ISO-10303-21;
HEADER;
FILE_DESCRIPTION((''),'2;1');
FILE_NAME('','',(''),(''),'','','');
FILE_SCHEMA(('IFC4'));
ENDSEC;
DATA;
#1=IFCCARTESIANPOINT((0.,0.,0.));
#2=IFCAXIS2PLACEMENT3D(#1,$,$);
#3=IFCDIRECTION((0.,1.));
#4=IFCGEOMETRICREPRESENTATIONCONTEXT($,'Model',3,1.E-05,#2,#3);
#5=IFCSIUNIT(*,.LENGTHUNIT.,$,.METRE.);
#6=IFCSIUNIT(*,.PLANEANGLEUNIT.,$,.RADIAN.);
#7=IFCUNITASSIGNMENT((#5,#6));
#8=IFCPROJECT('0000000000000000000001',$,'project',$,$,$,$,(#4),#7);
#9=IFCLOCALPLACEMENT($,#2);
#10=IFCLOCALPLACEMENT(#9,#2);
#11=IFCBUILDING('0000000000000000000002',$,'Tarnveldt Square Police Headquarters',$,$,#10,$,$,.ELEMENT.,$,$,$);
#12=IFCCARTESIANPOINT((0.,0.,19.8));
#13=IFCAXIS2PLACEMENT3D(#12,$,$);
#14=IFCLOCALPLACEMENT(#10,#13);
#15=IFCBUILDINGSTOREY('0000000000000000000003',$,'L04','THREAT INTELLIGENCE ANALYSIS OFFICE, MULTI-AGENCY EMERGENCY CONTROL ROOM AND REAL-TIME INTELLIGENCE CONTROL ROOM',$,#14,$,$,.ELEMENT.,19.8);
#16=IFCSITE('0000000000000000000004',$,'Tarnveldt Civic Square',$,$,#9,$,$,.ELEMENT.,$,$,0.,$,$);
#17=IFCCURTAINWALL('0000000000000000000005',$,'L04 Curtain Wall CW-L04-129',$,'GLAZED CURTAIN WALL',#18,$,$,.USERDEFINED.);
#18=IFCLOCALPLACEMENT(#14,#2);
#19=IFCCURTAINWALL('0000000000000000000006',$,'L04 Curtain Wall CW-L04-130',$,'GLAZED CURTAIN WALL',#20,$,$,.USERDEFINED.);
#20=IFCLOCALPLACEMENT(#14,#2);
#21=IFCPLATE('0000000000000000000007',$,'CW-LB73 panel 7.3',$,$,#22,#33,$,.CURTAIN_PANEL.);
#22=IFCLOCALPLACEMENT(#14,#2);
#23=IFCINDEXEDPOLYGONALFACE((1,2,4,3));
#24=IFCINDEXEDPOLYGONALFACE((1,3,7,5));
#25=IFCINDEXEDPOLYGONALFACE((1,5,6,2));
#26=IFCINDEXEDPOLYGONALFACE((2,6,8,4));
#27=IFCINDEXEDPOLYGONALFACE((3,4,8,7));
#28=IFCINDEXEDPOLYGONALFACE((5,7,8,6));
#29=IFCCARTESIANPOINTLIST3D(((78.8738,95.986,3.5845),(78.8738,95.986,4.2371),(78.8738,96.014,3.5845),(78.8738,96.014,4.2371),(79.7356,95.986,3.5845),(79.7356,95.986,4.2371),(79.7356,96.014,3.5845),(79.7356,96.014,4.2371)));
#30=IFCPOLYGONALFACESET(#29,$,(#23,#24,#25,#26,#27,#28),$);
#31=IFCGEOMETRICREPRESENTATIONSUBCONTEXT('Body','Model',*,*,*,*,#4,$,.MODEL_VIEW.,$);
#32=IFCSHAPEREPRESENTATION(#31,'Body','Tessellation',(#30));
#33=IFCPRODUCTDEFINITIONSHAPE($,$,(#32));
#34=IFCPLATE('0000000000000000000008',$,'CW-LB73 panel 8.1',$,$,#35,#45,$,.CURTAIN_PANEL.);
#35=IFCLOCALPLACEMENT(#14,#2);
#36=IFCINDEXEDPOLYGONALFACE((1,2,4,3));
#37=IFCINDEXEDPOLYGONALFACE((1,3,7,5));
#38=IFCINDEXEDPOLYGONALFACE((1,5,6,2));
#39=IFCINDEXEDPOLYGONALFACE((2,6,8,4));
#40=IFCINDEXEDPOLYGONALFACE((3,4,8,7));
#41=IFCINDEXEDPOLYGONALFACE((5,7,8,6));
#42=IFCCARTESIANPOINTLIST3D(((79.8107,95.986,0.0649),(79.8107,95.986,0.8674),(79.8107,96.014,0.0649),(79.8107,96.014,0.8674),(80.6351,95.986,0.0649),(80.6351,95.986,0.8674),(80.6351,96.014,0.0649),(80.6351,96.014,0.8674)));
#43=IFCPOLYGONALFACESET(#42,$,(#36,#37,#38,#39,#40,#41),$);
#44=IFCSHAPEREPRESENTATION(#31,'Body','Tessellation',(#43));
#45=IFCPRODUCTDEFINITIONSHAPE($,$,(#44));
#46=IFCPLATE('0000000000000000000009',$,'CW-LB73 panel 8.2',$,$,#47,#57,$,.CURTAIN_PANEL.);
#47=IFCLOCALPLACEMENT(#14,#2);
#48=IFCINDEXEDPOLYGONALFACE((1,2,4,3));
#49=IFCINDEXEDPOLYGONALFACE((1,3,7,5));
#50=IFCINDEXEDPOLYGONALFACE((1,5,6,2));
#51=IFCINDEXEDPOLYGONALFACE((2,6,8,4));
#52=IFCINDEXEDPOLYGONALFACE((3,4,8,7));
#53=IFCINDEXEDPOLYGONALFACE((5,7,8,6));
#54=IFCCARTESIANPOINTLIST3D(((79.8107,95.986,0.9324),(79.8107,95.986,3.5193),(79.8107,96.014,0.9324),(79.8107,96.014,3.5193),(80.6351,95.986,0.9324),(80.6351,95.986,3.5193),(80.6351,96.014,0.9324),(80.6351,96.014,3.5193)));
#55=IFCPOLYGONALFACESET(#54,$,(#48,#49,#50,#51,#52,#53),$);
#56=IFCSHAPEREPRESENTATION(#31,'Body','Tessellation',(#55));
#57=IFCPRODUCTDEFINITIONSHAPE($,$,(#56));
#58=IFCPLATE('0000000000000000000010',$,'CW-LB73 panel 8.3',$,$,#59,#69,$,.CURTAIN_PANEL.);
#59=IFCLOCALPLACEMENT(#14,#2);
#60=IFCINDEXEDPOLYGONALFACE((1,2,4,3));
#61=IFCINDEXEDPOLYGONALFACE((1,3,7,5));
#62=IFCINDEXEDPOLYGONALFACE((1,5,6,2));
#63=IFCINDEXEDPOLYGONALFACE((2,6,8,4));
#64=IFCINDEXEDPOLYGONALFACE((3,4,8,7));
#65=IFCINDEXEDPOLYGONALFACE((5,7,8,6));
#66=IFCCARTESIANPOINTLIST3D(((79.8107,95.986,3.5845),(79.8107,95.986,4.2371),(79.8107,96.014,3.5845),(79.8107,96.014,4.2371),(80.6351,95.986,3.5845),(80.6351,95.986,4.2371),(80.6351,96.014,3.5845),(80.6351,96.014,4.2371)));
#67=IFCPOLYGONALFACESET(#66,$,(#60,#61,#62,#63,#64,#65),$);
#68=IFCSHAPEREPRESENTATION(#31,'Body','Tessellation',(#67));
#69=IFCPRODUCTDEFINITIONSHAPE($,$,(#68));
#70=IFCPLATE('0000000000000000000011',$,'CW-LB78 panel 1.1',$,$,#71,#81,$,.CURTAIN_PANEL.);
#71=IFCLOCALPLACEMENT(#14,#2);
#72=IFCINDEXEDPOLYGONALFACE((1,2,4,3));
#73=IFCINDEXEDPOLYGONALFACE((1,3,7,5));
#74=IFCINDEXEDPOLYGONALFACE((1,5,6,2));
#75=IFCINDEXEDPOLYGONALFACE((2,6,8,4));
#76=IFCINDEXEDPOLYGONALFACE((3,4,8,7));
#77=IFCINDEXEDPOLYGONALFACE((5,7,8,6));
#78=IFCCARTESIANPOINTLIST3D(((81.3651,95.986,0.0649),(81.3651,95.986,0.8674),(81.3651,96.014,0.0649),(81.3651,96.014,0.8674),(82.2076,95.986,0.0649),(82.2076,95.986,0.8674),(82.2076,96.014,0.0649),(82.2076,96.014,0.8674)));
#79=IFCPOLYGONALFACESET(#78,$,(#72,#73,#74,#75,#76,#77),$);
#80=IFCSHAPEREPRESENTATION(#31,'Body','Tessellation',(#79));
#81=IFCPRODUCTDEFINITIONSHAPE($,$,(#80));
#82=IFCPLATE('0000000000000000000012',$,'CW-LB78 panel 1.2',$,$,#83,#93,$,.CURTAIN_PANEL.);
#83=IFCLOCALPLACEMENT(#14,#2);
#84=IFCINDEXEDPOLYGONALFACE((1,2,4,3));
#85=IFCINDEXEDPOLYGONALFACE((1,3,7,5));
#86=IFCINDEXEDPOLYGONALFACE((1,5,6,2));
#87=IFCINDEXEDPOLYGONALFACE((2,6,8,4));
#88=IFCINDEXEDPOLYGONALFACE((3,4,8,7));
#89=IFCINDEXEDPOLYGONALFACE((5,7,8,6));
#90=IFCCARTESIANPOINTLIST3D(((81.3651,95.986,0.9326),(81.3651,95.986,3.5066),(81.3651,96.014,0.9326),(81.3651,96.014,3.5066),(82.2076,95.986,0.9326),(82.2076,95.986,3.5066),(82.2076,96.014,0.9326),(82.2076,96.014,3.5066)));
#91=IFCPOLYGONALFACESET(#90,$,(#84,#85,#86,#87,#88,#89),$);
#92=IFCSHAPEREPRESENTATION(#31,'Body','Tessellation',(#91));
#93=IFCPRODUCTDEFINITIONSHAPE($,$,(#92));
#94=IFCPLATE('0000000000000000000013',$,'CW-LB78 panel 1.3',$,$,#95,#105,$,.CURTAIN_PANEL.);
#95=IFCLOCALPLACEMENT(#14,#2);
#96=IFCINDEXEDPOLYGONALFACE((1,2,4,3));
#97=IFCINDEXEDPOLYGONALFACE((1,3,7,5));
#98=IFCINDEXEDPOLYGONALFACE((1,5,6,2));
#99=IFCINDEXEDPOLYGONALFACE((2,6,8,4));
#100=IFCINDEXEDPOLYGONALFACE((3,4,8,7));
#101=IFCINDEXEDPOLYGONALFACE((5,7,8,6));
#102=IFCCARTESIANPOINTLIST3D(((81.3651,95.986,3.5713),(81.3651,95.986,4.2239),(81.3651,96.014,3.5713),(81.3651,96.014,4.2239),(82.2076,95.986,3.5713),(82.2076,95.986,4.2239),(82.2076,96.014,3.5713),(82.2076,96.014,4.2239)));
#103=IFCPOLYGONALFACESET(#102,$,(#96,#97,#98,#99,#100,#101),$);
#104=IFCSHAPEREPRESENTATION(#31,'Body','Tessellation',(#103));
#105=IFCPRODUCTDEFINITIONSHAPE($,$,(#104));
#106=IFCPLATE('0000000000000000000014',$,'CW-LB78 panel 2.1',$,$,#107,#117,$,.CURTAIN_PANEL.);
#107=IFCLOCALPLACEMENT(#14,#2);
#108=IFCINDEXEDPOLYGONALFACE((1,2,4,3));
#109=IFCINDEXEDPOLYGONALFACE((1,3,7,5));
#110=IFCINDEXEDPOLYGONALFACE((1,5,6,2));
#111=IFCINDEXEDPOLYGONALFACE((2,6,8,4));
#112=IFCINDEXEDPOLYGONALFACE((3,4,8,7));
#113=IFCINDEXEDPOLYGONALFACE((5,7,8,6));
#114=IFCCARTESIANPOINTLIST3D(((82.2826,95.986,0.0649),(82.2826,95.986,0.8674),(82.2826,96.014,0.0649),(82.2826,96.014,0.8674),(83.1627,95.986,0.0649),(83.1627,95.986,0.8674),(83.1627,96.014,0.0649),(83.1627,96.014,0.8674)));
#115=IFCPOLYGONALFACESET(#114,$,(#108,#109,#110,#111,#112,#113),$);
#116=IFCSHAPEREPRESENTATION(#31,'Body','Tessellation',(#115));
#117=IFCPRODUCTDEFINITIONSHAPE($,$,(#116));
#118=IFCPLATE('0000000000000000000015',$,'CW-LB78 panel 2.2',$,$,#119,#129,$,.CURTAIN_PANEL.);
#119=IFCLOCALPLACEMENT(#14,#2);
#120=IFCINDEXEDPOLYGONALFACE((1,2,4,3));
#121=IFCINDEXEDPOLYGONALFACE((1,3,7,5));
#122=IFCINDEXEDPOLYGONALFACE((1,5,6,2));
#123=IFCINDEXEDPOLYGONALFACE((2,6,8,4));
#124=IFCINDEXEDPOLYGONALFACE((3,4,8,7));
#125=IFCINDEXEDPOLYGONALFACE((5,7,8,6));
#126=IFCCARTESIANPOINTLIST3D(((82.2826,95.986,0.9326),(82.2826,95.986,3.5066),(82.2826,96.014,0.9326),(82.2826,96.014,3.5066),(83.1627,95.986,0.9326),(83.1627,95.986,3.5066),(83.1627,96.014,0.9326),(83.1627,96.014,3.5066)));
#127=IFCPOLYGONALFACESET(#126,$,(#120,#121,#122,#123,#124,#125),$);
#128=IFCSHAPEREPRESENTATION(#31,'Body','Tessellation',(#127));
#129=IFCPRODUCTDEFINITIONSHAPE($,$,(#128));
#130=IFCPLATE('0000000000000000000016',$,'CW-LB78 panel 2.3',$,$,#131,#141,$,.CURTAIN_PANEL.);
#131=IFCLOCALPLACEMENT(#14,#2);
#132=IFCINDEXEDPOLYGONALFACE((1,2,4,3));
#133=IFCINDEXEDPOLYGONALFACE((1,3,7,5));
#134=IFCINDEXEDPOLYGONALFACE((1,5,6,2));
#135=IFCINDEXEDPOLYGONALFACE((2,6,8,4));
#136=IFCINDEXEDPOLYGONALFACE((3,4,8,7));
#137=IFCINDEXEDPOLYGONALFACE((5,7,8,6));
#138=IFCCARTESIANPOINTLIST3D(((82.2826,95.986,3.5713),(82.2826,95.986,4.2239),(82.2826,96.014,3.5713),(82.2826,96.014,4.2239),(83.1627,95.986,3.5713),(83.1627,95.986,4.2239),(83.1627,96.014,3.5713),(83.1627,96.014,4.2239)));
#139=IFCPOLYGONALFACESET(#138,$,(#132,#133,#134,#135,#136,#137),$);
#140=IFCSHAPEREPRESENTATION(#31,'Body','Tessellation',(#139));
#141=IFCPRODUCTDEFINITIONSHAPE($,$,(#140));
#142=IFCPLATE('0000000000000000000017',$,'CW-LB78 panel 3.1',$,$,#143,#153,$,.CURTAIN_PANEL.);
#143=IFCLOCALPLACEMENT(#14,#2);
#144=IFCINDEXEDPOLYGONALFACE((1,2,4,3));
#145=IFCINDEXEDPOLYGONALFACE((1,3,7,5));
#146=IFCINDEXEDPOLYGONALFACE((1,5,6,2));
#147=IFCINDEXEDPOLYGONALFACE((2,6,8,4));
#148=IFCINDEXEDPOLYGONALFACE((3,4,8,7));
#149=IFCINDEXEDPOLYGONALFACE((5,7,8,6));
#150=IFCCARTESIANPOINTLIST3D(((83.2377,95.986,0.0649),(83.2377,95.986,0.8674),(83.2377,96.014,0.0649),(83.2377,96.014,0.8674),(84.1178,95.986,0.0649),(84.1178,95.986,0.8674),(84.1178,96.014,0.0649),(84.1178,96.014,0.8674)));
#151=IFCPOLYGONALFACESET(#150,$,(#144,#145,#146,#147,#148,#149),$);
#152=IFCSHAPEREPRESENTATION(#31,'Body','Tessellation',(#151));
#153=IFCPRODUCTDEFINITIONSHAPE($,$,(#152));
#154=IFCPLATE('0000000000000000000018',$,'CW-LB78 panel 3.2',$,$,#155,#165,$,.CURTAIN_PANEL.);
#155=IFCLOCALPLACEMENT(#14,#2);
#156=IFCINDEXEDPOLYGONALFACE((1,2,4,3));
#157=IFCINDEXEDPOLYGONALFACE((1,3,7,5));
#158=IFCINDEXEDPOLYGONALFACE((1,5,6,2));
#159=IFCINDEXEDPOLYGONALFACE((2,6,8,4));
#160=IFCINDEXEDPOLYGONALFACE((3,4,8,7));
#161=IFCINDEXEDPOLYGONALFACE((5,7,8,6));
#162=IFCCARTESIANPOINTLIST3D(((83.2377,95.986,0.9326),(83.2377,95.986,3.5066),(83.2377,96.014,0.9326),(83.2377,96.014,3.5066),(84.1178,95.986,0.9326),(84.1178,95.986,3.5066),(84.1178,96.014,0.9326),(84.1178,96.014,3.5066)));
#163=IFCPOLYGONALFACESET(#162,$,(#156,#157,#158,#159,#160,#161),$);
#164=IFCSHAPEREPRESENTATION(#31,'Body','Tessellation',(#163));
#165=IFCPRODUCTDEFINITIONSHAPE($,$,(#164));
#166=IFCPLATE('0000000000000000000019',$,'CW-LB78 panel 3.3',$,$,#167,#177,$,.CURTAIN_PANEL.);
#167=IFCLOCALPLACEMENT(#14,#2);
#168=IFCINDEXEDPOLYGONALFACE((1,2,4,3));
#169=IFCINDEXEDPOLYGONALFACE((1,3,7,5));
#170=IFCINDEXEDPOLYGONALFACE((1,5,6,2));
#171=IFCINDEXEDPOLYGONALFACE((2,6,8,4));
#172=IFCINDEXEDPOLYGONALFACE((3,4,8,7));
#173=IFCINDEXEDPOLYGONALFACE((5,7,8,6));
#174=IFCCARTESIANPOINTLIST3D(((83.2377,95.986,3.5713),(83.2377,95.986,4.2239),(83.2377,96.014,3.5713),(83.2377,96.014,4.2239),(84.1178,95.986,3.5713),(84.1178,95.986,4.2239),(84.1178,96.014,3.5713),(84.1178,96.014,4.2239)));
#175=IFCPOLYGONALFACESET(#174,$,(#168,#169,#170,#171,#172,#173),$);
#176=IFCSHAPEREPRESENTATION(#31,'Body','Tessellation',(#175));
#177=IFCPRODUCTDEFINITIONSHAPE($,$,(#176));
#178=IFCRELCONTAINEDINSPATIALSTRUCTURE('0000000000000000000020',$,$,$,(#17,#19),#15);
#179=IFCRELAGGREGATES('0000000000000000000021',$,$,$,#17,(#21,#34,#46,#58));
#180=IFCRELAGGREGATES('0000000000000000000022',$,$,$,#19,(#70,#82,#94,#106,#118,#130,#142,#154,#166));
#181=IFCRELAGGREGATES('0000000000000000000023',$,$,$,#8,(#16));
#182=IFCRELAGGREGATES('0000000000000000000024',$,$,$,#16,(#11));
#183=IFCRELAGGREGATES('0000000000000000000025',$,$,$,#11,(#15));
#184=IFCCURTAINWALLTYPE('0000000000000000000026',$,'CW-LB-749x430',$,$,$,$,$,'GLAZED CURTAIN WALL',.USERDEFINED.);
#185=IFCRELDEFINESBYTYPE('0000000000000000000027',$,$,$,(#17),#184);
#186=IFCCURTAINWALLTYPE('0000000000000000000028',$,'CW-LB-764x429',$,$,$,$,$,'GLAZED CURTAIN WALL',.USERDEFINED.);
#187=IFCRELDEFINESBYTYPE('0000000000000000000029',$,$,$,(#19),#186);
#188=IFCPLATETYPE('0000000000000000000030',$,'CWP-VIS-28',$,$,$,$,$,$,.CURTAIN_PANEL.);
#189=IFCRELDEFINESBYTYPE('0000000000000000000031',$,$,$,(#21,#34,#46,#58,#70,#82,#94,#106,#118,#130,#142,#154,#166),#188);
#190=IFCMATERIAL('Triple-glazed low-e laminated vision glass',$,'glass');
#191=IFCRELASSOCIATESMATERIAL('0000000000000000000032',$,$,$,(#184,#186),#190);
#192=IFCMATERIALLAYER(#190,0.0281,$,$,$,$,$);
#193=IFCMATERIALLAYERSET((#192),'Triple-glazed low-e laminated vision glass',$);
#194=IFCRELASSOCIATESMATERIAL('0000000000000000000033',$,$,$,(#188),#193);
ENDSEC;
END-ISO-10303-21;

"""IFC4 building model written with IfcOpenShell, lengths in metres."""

from ifc_helpers import new_model, si_unit, direction, frame, origin, origin_2d, place, context, subcontext, project, spatial, rectangle, extrude, material, layer, layer_set, type_object, element, aggregate, save


model = new_model("IFC4")

# Units and contexts
model_context = context("Model", 3, precision=1e-05, world=origin(), true_north=direction((0.0, 1.0)))
body_context = subcontext(model_context, "Body", "Model", "MODEL_VIEW")
ifc_project = project(units=[si_unit("LENGTHUNIT", "METRE"), si_unit("PLANEANGLEUNIT", "RADIAN")], contexts=[model_context])

# Site, building, storey
site_placement = place(None, origin())
site = spatial("IfcSite", under=ifc_project, at=site_placement, Name="Tarnveldt Civic Square", CompositionType="ELEMENT", RefElevation=0.0)
building_placement = place(site_placement, origin())
building = spatial("IfcBuilding", under=site, at=building_placement, Name="Tarnveldt Square Police Headquarters", CompositionType="ELEMENT")
storey_placement = place(building_placement, frame((0.0, 0.0, 19.8)))
storey = spatial("IfcBuildingStorey", under=building, at=storey_placement, Name="L04", Description="THREAT INTELLIGENCE ANALYSIS OFFICE, MULTI-AGENCY EMERGENCY CONTROL ROOM AND REAL-TIME INTELLIGENCE CONTROL ROOM", CompositionType="ELEMENT", Elevation=19.8)

# Curtain walls
ifc_material_1 = material(Name="Triple-glazed low-e laminated vision glass", Category="glass")
curtain_wall_type_1 = type_object("IfcCurtainWallType", Name="CW-LB-749x430", ElementType="GLAZED CURTAIN WALL", PredefinedType="USERDEFINED", material=ifc_material_1)
curtain_wall_1_placement = place(storey_placement, origin())
curtain_wall_1 = element("IfcCurtainWall", 1, at=curtain_wall_1_placement, inside=storey, type_object=curtain_wall_type_1, Name="L04 Curtain Wall CW-L04-129", ObjectType="GLAZED CURTAIN WALL", PredefinedType="USERDEFINED")
curtain_wall_type_2 = type_object("IfcCurtainWallType", Name="CW-LB-764x429", ElementType="GLAZED CURTAIN WALL", PredefinedType="USERDEFINED", material=ifc_material_1)
curtain_wall_2_placement = place(storey_placement, origin())
curtain_wall_2 = element("IfcCurtainWall", 2, at=curtain_wall_2_placement, inside=storey, type_object=curtain_wall_type_2, Name="L04 Curtain Wall CW-L04-130", ObjectType="GLAZED CURTAIN WALL", PredefinedType="USERDEFINED")

# Plates
ifc_layer = layer(ifc_material_1, 0.0281)
ifc_layer_set = layer_set([ifc_layer], Name="Triple-glazed low-e laminated vision glass")
plate_type = type_object("IfcPlateType", Name="CWP-VIS-28", PredefinedType="CURTAIN_PANEL", material=ifc_layer_set)
plate_1_placement = place(storey_placement, frame((79.3047, 96.0, 3.5845), z_axis=(0.0, 0.0, 1.0), x_axis=(1.0, 0.0, 0.0)))
plate_1 = element("IfcPlate", 3, at=plate_1_placement, type_object=plate_type, Name="CW-LB73 panel 7.3", PredefinedType="CURTAIN_PANEL", context=body_context, shape_type="SweptSolid", body=[
    extrude(rectangle(XDim=0.8618, YDim=0.0281, at=origin_2d()), origin(), (0.0, 0.0, 1.0), 0.6526),
])
plate_2_placement = place(storey_placement, frame((80.2229, 96.0, 0.0649), z_axis=(0.0, 0.0, 1.0), x_axis=(1.0, 0.0, 0.0)))
plate_2 = element("IfcPlate", 4, at=plate_2_placement, type_object=plate_type, Name="CW-LB73 panel 8.1", PredefinedType="CURTAIN_PANEL", context=body_context, shape_type="SweptSolid", body=[
    extrude(rectangle(XDim=0.8245, YDim=0.0281, at=origin_2d()), origin(), (0.0, 0.0, 1.0), 0.8025),
])
plate_3_placement = place(storey_placement, frame((80.2229, 96.0, 0.9324), z_axis=(0.0, 0.0, 1.0), x_axis=(1.0, 0.0, 0.0)))
plate_3 = element("IfcPlate", 5, at=plate_3_placement, type_object=plate_type, Name="CW-LB73 panel 8.2", PredefinedType="CURTAIN_PANEL", context=body_context, shape_type="SweptSolid", body=[
    extrude(rectangle(XDim=0.8245, YDim=0.0281, at=origin_2d()), origin(), (0.0, 0.0, 1.0), 2.5869),
])
plate_4_placement = place(storey_placement, frame((80.2229, 96.0, 3.5845), z_axis=(0.0, 0.0, 1.0), x_axis=(1.0, 0.0, 0.0)))
plate_4 = element("IfcPlate", 6, at=plate_4_placement, type_object=plate_type, Name="CW-LB73 panel 8.3", PredefinedType="CURTAIN_PANEL", context=body_context, shape_type="SweptSolid", body=[
    extrude(rectangle(XDim=0.8245, YDim=0.0281, at=origin_2d()), origin(), (0.0, 0.0, 1.0), 0.6526),
])
aggregate(curtain_wall_1, [plate_1, plate_2, plate_3, plate_4])
plate_5_placement = place(storey_placement, frame((81.7864, 96.0, 0.0649), z_axis=(0.0, 0.0, 1.0), x_axis=(1.0, 0.0, 0.0)))
plate_5 = element("IfcPlate", 7, at=plate_5_placement, type_object=plate_type, Name="CW-LB78 panel 1.1", PredefinedType="CURTAIN_PANEL", context=body_context, shape_type="SweptSolid", body=[
    extrude(rectangle(XDim=0.8425, YDim=0.0281, at=origin_2d()), origin(), (0.0, 0.0, 1.0), 0.8025),
])
plate_6_placement = place(storey_placement, frame((81.7864, 96.0, 0.9326), z_axis=(0.0, 0.0, 1.0), x_axis=(1.0, 0.0, 0.0)))
plate_6 = element("IfcPlate", 8, at=plate_6_placement, type_object=plate_type, Name="CW-LB78 panel 1.2", PredefinedType="CURTAIN_PANEL", context=body_context, shape_type="SweptSolid", body=[
    extrude(rectangle(XDim=0.8425, YDim=0.0281, at=origin_2d()), origin(), (0.0, 0.0, 1.0), 2.574),
])
plate_7_placement = place(storey_placement, frame((81.7864, 96.0, 3.5713), z_axis=(0.0, 0.0, 1.0), x_axis=(1.0, 0.0, 0.0)))
plate_7 = element("IfcPlate", 9, at=plate_7_placement, type_object=plate_type, Name="CW-LB78 panel 1.3", PredefinedType="CURTAIN_PANEL", context=body_context, shape_type="SweptSolid", body=[
    extrude(rectangle(XDim=0.8425, YDim=0.0281, at=origin_2d()), origin(), (0.0, 0.0, 1.0), 0.6526),
])
plate_8_placement = place(storey_placement, frame((82.7227, 96.0, 0.0649), z_axis=(0.0, 0.0, 1.0), x_axis=(1.0, 0.0, 0.0)))
plate_8 = element("IfcPlate", 10, at=plate_8_placement, type_object=plate_type, Name="CW-LB78 panel 2.1", PredefinedType="CURTAIN_PANEL", context=body_context, shape_type="SweptSolid", body=[
    extrude(rectangle(XDim=0.8801, YDim=0.0281, at=origin_2d()), origin(), (0.0, 0.0, 1.0), 0.8025),
])
plate_9_placement = place(storey_placement, frame((82.7227, 96.0, 0.9326), z_axis=(0.0, 0.0, 1.0), x_axis=(1.0, 0.0, 0.0)))
plate_9 = element("IfcPlate", 11, at=plate_9_placement, type_object=plate_type, Name="CW-LB78 panel 2.2", PredefinedType="CURTAIN_PANEL", context=body_context, shape_type="SweptSolid", body=[
    extrude(rectangle(XDim=0.8801, YDim=0.0281, at=origin_2d()), origin(), (0.0, 0.0, 1.0), 2.574),
])
plate_10_placement = place(storey_placement, frame((82.7227, 96.0, 3.5713), z_axis=(0.0, 0.0, 1.0), x_axis=(1.0, 0.0, 0.0)))
plate_10 = element("IfcPlate", 12, at=plate_10_placement, type_object=plate_type, Name="CW-LB78 panel 2.3", PredefinedType="CURTAIN_PANEL", context=body_context, shape_type="SweptSolid", body=[
    extrude(rectangle(XDim=0.8801, YDim=0.0281, at=origin_2d()), origin(), (0.0, 0.0, 1.0), 0.6526),
])
plate_11_placement = place(storey_placement, frame((83.6777, 96.0, 0.0649), z_axis=(0.0, 0.0, 1.0), x_axis=(1.0, 0.0, 0.0)))
plate_11 = element("IfcPlate", 13, at=plate_11_placement, type_object=plate_type, Name="CW-LB78 panel 3.1", PredefinedType="CURTAIN_PANEL", context=body_context, shape_type="SweptSolid", body=[
    extrude(rectangle(XDim=0.8801, YDim=0.0281, at=origin_2d()), origin(), (0.0, 0.0, 1.0), 0.8025),
])
plate_12_placement = place(storey_placement, frame((83.6777, 96.0, 0.9326), z_axis=(0.0, 0.0, 1.0), x_axis=(1.0, 0.0, 0.0)))
plate_12 = element("IfcPlate", 14, at=plate_12_placement, type_object=plate_type, Name="CW-LB78 panel 3.2", PredefinedType="CURTAIN_PANEL", context=body_context, shape_type="SweptSolid", body=[
    extrude(rectangle(XDim=0.8801, YDim=0.0281, at=origin_2d()), origin(), (0.0, 0.0, 1.0), 2.574),
])
plate_13_placement = place(storey_placement, frame((83.6777, 96.0, 3.5713), z_axis=(0.0, 0.0, 1.0), x_axis=(1.0, 0.0, 0.0)))
plate_13 = element("IfcPlate", 15, at=plate_13_placement, type_object=plate_type, Name="CW-LB78 panel 3.3", PredefinedType="CURTAIN_PANEL", context=body_context, shape_type="SweptSolid", body=[
    extrude(rectangle(XDim=0.8801, YDim=0.0281, at=origin_2d()), origin(), (0.0, 0.0, 1.0), 0.6526),
])
aggregate(curtain_wall_2, [plate_5, plate_6, plate_7, plate_8, plate_9, plate_10, plate_11, plate_12, plate_13])

save(model, "model.ifc")
